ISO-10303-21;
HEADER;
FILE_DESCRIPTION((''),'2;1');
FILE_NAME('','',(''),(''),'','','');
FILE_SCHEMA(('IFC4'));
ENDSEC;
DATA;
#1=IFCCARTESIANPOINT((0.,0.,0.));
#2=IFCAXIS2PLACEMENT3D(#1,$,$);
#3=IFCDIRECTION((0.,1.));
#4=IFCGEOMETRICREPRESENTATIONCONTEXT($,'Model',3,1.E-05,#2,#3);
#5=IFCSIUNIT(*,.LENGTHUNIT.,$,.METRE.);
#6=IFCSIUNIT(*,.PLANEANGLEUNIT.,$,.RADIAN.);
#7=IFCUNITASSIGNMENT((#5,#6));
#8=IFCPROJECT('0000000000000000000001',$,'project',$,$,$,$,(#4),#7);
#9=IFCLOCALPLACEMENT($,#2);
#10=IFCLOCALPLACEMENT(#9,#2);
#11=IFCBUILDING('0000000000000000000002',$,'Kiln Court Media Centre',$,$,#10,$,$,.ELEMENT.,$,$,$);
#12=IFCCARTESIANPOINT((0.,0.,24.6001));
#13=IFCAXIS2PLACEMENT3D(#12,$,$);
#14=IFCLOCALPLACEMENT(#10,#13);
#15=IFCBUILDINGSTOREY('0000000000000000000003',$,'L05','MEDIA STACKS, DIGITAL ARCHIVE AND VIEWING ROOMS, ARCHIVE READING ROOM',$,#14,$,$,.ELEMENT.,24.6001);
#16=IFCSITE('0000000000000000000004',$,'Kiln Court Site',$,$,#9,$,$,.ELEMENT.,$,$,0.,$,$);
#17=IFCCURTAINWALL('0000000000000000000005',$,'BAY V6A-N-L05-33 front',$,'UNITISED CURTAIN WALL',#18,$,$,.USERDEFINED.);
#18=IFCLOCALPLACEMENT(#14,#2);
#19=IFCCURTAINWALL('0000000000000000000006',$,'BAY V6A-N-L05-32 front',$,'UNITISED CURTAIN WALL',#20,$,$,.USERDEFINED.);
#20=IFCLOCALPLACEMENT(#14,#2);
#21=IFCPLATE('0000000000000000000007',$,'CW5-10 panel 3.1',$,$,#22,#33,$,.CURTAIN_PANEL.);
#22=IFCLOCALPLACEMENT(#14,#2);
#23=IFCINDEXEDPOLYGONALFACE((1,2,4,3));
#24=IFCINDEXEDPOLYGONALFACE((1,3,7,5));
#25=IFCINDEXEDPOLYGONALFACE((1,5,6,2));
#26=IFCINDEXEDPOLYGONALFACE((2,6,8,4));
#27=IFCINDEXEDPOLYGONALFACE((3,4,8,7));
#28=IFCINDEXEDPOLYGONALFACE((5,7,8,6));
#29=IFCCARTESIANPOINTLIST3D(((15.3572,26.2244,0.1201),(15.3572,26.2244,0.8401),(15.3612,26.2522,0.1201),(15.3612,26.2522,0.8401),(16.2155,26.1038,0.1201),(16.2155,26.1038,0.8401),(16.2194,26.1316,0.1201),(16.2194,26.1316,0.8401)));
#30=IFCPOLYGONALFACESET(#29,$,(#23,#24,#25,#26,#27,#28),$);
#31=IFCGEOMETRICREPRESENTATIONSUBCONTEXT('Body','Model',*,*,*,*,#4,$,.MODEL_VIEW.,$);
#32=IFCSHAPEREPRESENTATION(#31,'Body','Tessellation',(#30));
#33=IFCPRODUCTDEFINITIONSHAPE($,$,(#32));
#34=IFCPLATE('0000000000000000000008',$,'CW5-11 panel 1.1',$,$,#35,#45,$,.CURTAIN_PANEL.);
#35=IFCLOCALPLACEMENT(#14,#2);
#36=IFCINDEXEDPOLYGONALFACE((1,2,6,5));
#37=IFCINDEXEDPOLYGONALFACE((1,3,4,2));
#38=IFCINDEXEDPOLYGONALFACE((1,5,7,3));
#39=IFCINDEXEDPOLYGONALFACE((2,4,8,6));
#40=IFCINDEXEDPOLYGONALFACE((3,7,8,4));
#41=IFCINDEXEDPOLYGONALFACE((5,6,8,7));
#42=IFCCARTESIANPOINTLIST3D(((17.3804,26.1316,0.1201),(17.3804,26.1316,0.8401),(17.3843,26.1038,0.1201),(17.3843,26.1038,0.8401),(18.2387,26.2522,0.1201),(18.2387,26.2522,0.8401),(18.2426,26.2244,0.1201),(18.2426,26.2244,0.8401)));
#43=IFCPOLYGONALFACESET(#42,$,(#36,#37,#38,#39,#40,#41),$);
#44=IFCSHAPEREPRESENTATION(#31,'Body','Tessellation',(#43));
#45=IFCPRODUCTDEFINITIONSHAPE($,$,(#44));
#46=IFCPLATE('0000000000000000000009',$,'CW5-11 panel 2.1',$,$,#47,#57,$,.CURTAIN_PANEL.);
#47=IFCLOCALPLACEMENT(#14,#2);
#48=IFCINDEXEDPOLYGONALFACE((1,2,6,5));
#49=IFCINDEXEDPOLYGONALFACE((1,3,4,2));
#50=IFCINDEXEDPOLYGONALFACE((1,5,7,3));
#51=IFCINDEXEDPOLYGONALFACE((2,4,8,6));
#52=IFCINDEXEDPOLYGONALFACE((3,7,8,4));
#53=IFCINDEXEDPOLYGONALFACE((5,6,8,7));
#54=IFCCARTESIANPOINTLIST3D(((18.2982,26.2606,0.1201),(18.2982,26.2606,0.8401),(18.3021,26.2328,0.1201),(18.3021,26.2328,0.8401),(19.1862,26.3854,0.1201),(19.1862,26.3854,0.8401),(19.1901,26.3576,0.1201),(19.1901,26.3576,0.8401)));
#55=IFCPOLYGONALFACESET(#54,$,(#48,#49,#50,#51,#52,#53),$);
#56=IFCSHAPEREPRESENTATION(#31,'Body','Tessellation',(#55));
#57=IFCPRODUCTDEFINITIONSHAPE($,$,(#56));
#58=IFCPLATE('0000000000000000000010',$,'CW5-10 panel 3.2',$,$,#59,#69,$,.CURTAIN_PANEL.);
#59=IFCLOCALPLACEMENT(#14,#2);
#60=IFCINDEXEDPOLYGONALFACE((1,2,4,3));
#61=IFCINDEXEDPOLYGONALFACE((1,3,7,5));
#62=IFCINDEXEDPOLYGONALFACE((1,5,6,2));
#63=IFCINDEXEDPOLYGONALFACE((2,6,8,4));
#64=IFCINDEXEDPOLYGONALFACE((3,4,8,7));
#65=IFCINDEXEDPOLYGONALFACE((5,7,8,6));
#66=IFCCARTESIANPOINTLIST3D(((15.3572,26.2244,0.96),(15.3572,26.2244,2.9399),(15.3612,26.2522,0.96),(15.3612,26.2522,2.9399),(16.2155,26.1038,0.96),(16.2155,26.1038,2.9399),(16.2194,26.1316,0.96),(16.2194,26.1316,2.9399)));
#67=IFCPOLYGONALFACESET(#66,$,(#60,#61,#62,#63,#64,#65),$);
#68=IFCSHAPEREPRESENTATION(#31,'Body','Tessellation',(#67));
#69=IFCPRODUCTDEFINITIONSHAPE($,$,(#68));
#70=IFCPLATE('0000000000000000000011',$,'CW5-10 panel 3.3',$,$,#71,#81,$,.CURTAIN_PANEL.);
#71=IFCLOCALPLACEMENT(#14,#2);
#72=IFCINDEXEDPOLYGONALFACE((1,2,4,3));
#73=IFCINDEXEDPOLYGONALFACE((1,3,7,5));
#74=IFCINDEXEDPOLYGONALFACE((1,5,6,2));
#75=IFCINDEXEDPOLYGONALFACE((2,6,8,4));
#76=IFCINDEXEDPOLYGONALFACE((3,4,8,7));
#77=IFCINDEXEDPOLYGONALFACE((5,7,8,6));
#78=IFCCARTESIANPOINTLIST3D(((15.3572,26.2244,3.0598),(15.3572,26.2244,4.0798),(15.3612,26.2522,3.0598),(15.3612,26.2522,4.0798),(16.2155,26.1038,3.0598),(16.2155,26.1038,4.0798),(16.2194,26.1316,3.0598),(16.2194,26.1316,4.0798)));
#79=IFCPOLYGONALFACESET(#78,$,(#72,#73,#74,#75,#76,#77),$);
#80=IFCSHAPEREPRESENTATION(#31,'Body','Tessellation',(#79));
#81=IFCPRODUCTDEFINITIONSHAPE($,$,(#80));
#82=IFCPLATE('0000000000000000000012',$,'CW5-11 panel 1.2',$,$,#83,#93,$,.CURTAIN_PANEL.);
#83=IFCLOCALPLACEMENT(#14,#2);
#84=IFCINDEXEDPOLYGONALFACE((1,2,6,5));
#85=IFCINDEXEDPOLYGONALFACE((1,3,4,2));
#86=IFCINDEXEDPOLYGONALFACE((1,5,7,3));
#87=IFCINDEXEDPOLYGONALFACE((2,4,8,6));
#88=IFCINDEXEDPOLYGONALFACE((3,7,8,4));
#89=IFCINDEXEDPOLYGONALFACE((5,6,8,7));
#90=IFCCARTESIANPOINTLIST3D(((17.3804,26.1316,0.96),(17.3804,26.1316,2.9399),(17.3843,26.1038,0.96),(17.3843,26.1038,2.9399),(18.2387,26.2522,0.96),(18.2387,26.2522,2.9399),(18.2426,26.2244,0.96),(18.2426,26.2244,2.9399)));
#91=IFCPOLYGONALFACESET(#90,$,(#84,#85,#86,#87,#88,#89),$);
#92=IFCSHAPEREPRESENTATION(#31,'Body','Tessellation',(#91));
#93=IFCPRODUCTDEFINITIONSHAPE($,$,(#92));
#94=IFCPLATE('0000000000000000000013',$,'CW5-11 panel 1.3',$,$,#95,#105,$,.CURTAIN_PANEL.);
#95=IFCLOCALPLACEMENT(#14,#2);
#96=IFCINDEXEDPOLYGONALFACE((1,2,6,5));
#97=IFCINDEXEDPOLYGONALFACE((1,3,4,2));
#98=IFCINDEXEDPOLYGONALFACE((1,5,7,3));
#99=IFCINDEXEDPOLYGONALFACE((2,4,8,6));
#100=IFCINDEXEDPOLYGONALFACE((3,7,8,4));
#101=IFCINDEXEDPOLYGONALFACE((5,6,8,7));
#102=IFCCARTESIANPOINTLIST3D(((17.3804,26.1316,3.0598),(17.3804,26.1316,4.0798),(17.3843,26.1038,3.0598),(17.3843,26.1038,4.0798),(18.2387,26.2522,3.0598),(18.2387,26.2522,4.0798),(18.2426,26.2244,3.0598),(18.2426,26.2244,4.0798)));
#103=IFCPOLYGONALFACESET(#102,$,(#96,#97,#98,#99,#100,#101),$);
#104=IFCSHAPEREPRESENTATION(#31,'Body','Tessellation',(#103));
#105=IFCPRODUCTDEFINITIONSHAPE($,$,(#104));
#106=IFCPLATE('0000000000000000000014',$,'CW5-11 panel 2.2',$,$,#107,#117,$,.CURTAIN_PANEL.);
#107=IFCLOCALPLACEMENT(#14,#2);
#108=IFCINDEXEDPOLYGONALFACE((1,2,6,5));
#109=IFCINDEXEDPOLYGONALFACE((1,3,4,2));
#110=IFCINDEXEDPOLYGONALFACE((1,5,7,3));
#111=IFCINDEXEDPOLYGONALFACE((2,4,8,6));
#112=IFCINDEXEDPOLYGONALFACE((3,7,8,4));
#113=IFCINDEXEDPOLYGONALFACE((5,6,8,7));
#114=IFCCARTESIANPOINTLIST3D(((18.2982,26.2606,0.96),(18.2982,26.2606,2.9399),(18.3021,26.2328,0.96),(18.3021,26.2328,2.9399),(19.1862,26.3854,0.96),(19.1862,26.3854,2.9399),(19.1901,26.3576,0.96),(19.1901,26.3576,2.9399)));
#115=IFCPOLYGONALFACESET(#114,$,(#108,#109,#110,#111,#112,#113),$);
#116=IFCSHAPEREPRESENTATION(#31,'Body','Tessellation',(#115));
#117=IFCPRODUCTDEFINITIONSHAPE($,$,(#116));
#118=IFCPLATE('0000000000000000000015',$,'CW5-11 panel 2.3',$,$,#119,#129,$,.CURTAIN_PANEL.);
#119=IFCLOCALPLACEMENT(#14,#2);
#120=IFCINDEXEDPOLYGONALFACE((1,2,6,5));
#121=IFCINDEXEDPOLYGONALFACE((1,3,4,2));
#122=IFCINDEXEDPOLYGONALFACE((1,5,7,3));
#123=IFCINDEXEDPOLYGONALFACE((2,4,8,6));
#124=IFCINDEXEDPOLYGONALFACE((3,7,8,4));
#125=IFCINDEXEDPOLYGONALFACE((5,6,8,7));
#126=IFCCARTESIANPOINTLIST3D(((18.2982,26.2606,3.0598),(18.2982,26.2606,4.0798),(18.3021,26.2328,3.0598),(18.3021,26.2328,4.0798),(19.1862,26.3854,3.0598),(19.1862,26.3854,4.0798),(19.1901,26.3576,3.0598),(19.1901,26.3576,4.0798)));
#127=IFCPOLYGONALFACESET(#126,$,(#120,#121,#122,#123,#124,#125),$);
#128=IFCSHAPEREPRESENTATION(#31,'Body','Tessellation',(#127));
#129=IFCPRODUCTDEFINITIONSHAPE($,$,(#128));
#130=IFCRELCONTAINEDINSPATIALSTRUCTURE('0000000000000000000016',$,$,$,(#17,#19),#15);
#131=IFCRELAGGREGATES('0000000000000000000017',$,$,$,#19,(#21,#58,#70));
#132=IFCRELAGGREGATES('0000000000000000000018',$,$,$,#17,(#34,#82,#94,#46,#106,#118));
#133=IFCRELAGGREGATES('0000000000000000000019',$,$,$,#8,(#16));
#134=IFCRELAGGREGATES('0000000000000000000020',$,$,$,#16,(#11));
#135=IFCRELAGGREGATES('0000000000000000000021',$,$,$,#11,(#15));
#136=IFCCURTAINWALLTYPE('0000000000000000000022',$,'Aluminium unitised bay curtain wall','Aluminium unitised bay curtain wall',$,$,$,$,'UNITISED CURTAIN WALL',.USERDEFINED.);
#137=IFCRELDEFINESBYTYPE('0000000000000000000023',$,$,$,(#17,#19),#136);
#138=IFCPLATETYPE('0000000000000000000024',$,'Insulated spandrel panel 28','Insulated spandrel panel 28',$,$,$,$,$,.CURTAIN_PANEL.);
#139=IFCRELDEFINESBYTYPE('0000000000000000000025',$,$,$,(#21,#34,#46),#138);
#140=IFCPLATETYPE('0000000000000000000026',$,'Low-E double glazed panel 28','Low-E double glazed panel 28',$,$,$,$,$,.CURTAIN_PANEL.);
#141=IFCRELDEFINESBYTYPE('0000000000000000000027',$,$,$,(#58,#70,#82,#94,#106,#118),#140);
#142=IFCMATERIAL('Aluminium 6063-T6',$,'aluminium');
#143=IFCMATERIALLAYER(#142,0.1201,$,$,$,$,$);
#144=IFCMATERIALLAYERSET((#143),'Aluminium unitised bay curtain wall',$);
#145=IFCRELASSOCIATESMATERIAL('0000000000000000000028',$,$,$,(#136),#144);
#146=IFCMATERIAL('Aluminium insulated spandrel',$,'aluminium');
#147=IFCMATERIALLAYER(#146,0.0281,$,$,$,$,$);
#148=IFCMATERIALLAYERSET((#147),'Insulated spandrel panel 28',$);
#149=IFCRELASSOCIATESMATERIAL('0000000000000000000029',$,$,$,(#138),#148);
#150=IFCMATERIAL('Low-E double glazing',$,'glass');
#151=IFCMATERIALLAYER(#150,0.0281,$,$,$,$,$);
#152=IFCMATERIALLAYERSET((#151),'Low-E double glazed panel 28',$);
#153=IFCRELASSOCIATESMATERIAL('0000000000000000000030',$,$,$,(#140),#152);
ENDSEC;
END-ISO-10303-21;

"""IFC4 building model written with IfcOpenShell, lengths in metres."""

from ifc_helpers import new_model, si_unit, direction, frame, origin, origin_2d, place, context, subcontext, project, spatial, rectangle, extrude, material, layer, layer_set, type_object, element, aggregate, save


model = new_model("IFC4")

# Units and contexts
model_context = context("Model", 3, precision=1e-05, world=origin(), true_north=direction((0.0, 1.0)))
body_context = subcontext(model_context, "Body", "Model", "MODEL_VIEW")
ifc_project = project(units=[si_unit("LENGTHUNIT", "METRE"), si_unit("PLANEANGLEUNIT", "RADIAN")], contexts=[model_context])

# Site, building, storey
site_placement = place(None, origin())
site = spatial("IfcSite", under=ifc_project, at=site_placement, Name="Kiln Court Site", CompositionType="ELEMENT", RefElevation=0.0)
building_placement = place(site_placement, origin())
building = spatial("IfcBuilding", under=site, at=building_placement, Name="Kiln Court Media Centre", CompositionType="ELEMENT")
storey_placement = place(building_placement, frame((0.0, 0.0, 24.6001)))
storey = spatial("IfcBuildingStorey", under=building, at=storey_placement, Name="L05", Description="MEDIA STACKS, DIGITAL ARCHIVE AND VIEWING ROOMS, ARCHIVE READING ROOM", CompositionType="ELEMENT", Elevation=24.6001)

# Curtain walls
ifc_material_1 = material(Name="Aluminium 6063-T6", Category="aluminium")
ifc_layer_1 = layer(ifc_material_1, 0.1201)
ifc_layer_set_1 = layer_set([ifc_layer_1], Name="Aluminium unitised bay curtain wall")
curtain_wall_type = type_object("IfcCurtainWallType", Name="Aluminium unitised bay curtain wall", Description="Aluminium unitised bay curtain wall", ElementType="UNITISED CURTAIN WALL", PredefinedType="USERDEFINED", material=ifc_layer_set_1)
curtain_wall_1_placement = place(storey_placement, origin())
curtain_wall_1 = element("IfcCurtainWall", 1, at=curtain_wall_1_placement, inside=storey, type_object=curtain_wall_type, Name="BAY V6A-N-L05-33 front", ObjectType="UNITISED CURTAIN WALL", PredefinedType="USERDEFINED")
curtain_wall_2_placement = place(storey_placement, origin())
curtain_wall_2 = element("IfcCurtainWall", 2, at=curtain_wall_2_placement, inside=storey, type_object=curtain_wall_type, Name="BAY V6A-N-L05-32 front", ObjectType="UNITISED CURTAIN WALL", PredefinedType="USERDEFINED")

# Plates
ifc_material_2 = material(Name="Aluminium insulated spandrel", Category="aluminium")
ifc_layer_2 = layer(ifc_material_2, 0.0281)
ifc_layer_set_2 = layer_set([ifc_layer_2], Name="Insulated spandrel panel 28")
plate_type_1 = type_object("IfcPlateType", Name="Insulated spandrel panel 28", Description="Insulated spandrel panel 28", PredefinedType="CURTAIN_PANEL", material=ifc_layer_set_2)
plate_1_placement = place(storey_placement, frame((15.7883, 26.178, 0.1201), z_axis=(0.0, 0.0, 1.0), x_axis=(0.99027, -0.139162, 0.0)))
plate_1 = element("IfcPlate", 3, at=plate_1_placement, type_object=plate_type_1, Name="CW5-10 panel 3.1", PredefinedType="CURTAIN_PANEL", context=body_context, shape_type="SweptSolid", body=[
    extrude(rectangle(XDim=0.8667, YDim=0.0281, at=origin_2d()), origin(), (0.0, 0.0, 1.0), 0.72),
])
plate_2_placement = place(storey_placement, frame((17.8115, 26.178, 0.1201), z_axis=(0.0, 0.0, 1.0), x_axis=(0.99027, 0.139162, 0.0)))
plate_2 = element("IfcPlate", 4, at=plate_2_placement, type_object=plate_type_1, Name="CW5-11 panel 1.1", PredefinedType="CURTAIN_PANEL", context=body_context, shape_type="SweptSolid", body=[
    extrude(rectangle(XDim=0.8667, YDim=0.0281, at=origin_2d()), origin(), (0.0, 0.0, 1.0), 0.72),
])
plate_3_placement = place(storey_placement, frame((18.7441, 26.3091, 0.1201), z_axis=(0.0, 0.0, 1.0), x_axis=(0.99027, 0.139162, 0.0)))
plate_3 = element("IfcPlate", 5, at=plate_3_placement, type_object=plate_type_1, Name="CW5-11 panel 2.1", PredefinedType="CURTAIN_PANEL", context=body_context, shape_type="SweptSolid", body=[
    extrude(rectangle(XDim=0.8967, YDim=0.0281, at=origin_2d()), origin(), (0.0, 0.0, 1.0), 0.72),
])
ifc_material_3 = material(Name="Low-E double glazing", Category="glass")
ifc_layer_3 = layer(ifc_material_3, 0.0281)
ifc_layer_set_3 = layer_set([ifc_layer_3], Name="Low-E double glazed panel 28")
plate_type_2 = type_object("IfcPlateType", Name="Low-E double glazed panel 28", Description="Low-E double glazed panel 28", PredefinedType="CURTAIN_PANEL", material=ifc_layer_set_3)
plate_4_placement = place(storey_placement, frame((15.7883, 26.178, 0.96), z_axis=(0.0, 0.0, 1.0), x_axis=(0.99027, -0.139162, 0.0)))
plate_4 = element("IfcPlate", 6, at=plate_4_placement, type_object=plate_type_2, Name="CW5-10 panel 3.2", PredefinedType="CURTAIN_PANEL", context=body_context, shape_type="SweptSolid", body=[
    extrude(rectangle(XDim=0.8667, YDim=0.0281, at=origin_2d()), origin(), (0.0, 0.0, 1.0), 1.98),
])
plate_5_placement = place(storey_placement, frame((15.7883, 26.178, 3.0598), z_axis=(0.0, 0.0, 1.0), x_axis=(0.99027, -0.139162, 0.0)))
plate_5 = element("IfcPlate", 7, at=plate_5_placement, type_object=plate_type_2, Name="CW5-10 panel 3.3", PredefinedType="CURTAIN_PANEL", context=body_context, shape_type="SweptSolid", body=[
    extrude(rectangle(XDim=0.8667, YDim=0.0281, at=origin_2d()), origin(), (0.0, 0.0, 1.0), 1.02),
])
aggregate(curtain_wall_2, [plate_1, plate_4, plate_5])
plate_6_placement = place(storey_placement, frame((17.8115, 26.178, 0.96), z_axis=(0.0, 0.0, 1.0), x_axis=(0.99027, 0.139162, 0.0)))
plate_6 = element("IfcPlate", 8, at=plate_6_placement, type_object=plate_type_2, Name="CW5-11 panel 1.2", PredefinedType="CURTAIN_PANEL", context=body_context, shape_type="SweptSolid", body=[
    extrude(rectangle(XDim=0.8667, YDim=0.0281, at=origin_2d()), origin(), (0.0, 0.0, 1.0), 1.98),
])
plate_7_placement = place(storey_placement, frame((17.8115, 26.178, 3.0598), z_axis=(0.0, 0.0, 1.0), x_axis=(0.99027, 0.139162, 0.0)))
plate_7 = element("IfcPlate", 9, at=plate_7_placement, type_object=plate_type_2, Name="CW5-11 panel 1.3", PredefinedType="CURTAIN_PANEL", context=body_context, shape_type="SweptSolid", body=[
    extrude(rectangle(XDim=0.8667, YDim=0.0281, at=origin_2d()), origin(), (0.0, 0.0, 1.0), 1.02),
])
plate_8_placement = place(storey_placement, frame((18.7441, 26.3091, 0.96), z_axis=(0.0, 0.0, 1.0), x_axis=(0.99027, 0.139162, 0.0)))
plate_8 = element("IfcPlate", 10, at=plate_8_placement, type_object=plate_type_2, Name="CW5-11 panel 2.2", PredefinedType="CURTAIN_PANEL", context=body_context, shape_type="SweptSolid", body=[
    extrude(rectangle(XDim=0.8967, YDim=0.0281, at=origin_2d()), origin(), (0.0, 0.0, 1.0), 1.98),
])
plate_9_placement = place(storey_placement, frame((18.7441, 26.3091, 3.0598), z_axis=(0.0, 0.0, 1.0), x_axis=(0.99027, 0.139162, 0.0)))
plate_9 = element("IfcPlate", 11, at=plate_9_placement, type_object=plate_type_2, Name="CW5-11 panel 2.3", PredefinedType="CURTAIN_PANEL", context=body_context, shape_type="SweptSolid", body=[
    extrude(rectangle(XDim=0.8967, YDim=0.0281, at=origin_2d()), origin(), (0.0, 0.0, 1.0), 1.02),
])
aggregate(curtain_wall_1, [plate_2, plate_6, plate_7, plate_3, plate_8, plate_9])

save(model, "model.ifc")
